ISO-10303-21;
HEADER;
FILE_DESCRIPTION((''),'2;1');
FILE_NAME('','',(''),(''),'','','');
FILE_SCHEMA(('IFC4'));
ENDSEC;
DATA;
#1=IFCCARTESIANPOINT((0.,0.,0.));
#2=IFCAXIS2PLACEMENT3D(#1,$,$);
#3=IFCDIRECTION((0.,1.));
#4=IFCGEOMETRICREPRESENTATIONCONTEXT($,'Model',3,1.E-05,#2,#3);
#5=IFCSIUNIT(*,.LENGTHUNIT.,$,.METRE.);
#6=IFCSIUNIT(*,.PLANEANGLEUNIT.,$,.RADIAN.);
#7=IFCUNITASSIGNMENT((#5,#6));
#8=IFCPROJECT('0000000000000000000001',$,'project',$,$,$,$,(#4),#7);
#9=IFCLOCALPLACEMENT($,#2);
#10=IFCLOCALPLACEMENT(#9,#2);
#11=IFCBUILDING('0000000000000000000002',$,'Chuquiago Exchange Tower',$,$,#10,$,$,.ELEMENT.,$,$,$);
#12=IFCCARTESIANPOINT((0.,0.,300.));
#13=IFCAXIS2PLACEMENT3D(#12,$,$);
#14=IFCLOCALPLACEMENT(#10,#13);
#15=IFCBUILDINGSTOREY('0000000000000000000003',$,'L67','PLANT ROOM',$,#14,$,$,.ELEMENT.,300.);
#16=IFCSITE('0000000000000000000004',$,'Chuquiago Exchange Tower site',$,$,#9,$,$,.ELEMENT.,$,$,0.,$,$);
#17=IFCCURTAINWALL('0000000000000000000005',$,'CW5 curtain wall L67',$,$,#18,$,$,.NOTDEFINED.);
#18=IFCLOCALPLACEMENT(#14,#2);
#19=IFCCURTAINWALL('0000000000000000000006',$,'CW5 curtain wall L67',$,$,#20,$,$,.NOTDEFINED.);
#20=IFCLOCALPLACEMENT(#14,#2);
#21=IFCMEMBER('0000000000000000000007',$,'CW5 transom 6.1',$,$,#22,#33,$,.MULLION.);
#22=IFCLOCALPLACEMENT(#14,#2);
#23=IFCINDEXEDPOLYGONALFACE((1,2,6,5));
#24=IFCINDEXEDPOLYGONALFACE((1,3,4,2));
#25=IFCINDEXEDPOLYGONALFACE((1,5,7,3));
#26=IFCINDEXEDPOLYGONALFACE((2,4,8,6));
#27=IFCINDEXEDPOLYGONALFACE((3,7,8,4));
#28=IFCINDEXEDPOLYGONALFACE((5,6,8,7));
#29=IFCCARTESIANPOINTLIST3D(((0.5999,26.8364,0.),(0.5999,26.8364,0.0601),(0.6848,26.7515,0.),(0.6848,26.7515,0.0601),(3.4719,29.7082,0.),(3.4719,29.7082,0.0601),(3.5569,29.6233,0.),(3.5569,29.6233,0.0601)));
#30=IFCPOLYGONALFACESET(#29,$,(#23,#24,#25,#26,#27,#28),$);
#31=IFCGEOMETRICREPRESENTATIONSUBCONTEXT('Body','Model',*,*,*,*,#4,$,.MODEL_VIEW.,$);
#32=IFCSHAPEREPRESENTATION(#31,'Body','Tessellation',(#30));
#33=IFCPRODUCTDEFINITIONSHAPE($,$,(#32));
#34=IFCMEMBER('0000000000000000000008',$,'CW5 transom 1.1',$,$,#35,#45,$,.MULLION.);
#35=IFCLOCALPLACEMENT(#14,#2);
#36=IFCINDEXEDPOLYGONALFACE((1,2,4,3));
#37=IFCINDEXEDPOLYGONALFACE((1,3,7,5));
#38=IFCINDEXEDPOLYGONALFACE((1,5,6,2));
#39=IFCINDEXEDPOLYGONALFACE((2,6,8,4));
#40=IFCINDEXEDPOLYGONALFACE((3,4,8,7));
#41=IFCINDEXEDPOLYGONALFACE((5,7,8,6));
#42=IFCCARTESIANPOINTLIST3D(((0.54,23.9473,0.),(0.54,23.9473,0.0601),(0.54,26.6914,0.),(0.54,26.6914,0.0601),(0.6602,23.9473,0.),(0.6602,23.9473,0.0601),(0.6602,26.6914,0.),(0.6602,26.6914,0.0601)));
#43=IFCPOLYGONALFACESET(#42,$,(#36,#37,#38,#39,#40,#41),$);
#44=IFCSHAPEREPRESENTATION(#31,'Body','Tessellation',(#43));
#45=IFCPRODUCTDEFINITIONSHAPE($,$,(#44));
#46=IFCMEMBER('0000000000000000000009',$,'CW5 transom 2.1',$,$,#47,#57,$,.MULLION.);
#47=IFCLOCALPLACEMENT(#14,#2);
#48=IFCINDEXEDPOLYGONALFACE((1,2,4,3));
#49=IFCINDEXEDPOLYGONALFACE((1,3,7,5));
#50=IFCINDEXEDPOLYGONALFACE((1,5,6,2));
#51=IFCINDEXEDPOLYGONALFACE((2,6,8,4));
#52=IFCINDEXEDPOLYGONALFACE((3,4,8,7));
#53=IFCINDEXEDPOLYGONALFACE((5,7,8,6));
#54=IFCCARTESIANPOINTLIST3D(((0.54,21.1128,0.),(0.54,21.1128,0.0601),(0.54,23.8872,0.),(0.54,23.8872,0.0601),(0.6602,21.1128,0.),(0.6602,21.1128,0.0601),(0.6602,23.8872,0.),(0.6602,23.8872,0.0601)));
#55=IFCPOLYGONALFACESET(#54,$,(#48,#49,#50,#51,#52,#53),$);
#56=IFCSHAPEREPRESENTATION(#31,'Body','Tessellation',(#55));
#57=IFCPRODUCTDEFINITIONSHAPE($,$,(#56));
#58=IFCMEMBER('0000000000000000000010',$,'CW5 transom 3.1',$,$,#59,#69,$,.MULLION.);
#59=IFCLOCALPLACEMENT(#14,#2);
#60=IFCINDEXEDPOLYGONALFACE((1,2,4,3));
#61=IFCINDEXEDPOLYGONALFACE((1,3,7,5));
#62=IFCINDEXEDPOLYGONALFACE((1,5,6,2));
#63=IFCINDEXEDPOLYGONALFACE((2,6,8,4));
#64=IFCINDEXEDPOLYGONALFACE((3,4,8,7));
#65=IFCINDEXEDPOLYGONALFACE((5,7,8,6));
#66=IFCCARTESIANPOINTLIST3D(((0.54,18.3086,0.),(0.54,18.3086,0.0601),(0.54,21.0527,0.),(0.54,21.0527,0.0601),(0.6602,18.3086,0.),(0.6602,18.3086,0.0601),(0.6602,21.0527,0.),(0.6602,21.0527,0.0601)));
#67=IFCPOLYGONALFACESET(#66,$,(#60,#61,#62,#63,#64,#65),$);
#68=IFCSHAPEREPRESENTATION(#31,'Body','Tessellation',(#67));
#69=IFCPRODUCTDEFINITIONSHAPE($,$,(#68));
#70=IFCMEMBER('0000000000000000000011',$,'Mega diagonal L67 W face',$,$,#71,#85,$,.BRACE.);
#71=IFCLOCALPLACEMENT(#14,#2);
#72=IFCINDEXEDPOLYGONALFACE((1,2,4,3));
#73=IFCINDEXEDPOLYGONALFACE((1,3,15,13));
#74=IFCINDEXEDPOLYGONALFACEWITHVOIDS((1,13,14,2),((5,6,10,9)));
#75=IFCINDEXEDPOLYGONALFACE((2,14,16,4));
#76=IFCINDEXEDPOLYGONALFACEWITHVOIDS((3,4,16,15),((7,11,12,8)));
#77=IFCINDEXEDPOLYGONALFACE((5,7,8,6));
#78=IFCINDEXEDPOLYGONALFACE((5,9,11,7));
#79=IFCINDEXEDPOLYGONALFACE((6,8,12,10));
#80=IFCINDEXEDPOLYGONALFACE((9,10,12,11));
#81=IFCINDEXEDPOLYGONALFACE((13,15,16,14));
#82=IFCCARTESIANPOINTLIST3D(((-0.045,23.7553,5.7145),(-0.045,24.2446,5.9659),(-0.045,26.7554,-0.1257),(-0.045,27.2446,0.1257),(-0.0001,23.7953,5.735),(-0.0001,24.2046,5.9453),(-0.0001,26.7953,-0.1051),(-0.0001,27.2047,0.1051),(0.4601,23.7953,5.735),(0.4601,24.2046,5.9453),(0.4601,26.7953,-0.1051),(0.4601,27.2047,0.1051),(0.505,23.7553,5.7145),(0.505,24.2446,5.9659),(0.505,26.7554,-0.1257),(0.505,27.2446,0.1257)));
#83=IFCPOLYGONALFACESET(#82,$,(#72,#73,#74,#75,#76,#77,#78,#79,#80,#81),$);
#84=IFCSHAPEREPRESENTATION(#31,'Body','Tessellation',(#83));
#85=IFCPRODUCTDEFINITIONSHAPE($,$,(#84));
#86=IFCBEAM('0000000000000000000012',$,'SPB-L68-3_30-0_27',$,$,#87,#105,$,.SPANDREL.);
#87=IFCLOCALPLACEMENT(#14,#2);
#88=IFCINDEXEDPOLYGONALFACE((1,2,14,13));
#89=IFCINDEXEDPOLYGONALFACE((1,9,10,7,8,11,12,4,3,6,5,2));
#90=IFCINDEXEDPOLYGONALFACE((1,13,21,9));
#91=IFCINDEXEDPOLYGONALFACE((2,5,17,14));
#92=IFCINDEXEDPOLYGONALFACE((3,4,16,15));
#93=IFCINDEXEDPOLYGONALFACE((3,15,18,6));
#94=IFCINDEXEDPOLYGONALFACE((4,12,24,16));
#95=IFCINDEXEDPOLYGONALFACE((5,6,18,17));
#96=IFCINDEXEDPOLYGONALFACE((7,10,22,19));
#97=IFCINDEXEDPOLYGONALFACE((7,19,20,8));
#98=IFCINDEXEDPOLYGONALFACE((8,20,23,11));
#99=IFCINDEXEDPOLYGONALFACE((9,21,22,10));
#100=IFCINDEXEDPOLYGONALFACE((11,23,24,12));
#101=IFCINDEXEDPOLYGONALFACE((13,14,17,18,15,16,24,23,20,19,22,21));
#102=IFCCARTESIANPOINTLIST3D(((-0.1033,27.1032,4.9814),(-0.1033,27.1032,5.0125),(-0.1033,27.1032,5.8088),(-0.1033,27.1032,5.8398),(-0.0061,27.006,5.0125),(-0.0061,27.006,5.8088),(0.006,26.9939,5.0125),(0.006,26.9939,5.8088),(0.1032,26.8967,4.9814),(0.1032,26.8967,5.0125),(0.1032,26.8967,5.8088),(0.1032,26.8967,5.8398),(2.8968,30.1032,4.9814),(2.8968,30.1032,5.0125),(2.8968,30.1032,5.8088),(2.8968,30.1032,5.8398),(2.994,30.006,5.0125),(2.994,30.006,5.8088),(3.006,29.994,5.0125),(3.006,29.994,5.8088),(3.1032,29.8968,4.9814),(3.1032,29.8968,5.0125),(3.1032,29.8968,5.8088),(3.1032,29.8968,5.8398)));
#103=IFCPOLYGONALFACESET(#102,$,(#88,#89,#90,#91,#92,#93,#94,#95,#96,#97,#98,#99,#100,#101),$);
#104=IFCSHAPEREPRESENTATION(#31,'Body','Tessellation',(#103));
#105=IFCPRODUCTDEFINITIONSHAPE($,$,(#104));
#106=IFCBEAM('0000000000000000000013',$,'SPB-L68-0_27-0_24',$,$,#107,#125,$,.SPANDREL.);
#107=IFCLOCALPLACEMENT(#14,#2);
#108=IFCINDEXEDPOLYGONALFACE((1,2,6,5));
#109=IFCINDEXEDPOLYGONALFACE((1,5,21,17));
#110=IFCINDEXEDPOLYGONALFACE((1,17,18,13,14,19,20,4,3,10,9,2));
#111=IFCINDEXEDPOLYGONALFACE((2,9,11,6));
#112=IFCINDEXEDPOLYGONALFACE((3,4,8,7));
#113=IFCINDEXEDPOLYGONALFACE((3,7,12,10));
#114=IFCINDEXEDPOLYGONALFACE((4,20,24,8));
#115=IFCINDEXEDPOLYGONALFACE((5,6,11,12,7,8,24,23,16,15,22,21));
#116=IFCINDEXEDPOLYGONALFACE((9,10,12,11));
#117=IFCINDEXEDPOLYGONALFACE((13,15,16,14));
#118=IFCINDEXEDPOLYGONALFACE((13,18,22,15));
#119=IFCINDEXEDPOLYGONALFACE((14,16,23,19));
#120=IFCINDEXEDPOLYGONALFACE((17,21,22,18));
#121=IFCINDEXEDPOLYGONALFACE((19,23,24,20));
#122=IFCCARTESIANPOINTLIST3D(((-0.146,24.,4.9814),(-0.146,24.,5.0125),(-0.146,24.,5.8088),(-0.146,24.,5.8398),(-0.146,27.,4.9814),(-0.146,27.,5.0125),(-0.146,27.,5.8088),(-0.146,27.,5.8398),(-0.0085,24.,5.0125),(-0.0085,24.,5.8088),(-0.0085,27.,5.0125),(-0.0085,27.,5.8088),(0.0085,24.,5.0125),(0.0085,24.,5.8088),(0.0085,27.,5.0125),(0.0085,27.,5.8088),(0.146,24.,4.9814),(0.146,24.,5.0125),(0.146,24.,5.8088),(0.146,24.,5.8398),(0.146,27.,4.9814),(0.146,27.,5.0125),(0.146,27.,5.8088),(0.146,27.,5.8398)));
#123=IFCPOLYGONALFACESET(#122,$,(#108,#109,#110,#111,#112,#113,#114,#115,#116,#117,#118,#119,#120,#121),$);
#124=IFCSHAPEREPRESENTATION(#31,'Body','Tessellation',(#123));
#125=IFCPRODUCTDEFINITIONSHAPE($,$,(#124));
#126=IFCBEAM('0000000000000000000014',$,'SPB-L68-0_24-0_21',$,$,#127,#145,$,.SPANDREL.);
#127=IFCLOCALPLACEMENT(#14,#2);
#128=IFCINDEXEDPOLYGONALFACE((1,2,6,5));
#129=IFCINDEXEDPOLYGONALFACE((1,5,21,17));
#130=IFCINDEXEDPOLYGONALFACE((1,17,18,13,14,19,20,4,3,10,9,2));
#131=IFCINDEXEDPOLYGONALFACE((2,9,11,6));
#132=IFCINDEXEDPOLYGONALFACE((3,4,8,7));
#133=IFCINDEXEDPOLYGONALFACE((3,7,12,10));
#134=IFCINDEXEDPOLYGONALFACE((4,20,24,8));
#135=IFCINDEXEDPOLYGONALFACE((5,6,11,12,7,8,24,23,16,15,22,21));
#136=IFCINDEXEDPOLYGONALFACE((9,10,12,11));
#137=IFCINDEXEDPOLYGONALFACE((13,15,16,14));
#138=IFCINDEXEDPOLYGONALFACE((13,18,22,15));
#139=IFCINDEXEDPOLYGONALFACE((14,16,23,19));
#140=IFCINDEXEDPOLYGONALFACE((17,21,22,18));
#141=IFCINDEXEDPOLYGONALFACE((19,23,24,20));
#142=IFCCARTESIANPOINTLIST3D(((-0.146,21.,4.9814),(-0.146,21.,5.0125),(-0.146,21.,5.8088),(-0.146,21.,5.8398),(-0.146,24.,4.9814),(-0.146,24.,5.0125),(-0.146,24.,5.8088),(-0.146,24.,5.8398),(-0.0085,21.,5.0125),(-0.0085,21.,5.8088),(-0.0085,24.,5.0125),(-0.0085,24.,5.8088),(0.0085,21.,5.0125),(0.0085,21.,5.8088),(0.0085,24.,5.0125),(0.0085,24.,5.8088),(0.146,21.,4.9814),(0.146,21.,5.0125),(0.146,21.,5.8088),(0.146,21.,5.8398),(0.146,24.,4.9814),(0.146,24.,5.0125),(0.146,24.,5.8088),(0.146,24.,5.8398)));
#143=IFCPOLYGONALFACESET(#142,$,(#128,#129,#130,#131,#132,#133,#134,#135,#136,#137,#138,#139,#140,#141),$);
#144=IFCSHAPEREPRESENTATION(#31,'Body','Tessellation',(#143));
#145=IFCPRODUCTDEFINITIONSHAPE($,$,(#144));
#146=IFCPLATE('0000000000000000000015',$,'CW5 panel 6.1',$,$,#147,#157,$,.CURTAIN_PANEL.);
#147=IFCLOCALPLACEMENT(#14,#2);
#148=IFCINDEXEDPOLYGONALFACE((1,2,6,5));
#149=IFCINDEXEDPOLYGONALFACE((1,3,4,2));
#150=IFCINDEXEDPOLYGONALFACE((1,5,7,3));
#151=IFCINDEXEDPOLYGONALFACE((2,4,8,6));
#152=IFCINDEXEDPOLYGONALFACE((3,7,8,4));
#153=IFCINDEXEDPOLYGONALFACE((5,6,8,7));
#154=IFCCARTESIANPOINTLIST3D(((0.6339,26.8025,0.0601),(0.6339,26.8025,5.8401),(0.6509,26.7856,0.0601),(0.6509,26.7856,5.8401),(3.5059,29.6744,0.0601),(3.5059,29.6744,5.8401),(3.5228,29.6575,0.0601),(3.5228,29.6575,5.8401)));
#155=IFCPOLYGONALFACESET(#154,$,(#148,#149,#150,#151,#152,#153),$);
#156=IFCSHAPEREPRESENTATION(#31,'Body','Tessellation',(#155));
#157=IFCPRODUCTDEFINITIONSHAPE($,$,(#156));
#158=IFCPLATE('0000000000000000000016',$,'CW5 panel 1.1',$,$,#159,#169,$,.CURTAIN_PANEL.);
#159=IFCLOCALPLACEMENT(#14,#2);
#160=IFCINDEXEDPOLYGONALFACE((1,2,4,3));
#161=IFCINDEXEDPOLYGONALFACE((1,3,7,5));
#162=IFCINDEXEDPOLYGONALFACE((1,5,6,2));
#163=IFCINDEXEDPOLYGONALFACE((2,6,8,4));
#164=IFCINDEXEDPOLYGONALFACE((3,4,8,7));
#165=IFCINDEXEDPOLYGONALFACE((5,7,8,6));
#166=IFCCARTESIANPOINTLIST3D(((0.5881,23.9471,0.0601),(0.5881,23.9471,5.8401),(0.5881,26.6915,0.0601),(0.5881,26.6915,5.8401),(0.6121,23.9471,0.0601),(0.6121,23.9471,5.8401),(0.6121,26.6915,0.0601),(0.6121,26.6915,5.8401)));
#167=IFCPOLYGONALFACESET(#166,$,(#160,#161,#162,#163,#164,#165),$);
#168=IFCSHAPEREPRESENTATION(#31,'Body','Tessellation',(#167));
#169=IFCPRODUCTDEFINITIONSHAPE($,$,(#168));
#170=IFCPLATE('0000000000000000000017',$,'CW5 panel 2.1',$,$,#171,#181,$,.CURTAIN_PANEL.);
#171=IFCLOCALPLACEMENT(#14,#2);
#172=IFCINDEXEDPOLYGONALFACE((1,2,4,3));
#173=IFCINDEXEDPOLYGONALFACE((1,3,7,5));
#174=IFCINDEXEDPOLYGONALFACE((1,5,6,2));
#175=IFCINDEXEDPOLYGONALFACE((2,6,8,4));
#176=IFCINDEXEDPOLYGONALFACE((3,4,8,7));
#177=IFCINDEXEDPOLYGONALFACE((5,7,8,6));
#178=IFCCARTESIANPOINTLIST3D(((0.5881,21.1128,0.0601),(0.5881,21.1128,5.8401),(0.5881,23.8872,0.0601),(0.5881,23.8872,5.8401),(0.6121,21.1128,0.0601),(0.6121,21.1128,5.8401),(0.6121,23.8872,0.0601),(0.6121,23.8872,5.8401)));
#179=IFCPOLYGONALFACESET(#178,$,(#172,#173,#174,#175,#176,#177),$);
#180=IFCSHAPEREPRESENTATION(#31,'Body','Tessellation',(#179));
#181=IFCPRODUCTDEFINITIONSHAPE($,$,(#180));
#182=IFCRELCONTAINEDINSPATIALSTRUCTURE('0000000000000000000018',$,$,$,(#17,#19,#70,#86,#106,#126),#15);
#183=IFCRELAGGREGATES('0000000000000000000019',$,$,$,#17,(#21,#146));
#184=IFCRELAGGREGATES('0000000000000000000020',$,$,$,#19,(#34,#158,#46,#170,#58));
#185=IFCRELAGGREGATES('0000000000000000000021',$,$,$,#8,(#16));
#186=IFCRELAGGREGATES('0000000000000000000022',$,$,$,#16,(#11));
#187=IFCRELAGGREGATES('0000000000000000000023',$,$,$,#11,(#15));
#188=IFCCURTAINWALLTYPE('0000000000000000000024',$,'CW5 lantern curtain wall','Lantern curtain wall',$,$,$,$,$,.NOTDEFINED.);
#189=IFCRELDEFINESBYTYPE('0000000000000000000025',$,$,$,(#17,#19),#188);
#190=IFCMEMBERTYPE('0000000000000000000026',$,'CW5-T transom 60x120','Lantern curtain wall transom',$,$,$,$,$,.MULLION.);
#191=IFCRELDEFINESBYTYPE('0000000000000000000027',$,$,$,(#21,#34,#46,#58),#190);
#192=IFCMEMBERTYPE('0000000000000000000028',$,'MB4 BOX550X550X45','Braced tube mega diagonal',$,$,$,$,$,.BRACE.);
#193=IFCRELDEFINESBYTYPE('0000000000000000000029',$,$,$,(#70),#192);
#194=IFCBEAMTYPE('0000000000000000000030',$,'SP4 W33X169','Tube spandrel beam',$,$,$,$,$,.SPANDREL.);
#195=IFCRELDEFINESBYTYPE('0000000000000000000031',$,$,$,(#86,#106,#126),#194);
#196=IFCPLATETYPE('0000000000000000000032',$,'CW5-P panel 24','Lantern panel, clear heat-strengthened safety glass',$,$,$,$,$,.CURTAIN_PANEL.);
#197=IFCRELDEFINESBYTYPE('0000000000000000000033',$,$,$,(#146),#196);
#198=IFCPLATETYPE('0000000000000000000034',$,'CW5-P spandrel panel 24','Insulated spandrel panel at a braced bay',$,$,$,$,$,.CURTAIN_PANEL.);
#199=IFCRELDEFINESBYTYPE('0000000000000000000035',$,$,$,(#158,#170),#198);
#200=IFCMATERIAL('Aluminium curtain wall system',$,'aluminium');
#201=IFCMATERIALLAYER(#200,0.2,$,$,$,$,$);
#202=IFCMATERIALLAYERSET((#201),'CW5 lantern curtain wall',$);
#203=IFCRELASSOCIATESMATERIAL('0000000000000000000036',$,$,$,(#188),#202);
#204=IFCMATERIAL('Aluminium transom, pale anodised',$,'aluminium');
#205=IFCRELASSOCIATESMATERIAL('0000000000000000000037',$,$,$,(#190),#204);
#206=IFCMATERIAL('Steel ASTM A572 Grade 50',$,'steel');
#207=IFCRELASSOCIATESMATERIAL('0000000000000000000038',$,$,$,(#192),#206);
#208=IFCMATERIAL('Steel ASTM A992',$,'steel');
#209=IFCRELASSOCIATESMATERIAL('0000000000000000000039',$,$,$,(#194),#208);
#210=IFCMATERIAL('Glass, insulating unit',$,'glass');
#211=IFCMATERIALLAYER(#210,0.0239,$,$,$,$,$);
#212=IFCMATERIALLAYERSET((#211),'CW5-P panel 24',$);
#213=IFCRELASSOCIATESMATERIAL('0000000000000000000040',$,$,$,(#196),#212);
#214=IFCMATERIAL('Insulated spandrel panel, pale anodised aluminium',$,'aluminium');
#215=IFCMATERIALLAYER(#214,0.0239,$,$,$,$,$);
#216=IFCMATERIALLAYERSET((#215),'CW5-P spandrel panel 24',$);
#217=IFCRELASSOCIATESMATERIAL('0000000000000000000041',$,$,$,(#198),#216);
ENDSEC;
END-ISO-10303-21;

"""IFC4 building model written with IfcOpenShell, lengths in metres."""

from ifc_helpers import new_model, si_unit, direction, frame, origin, origin_2d, place, context, subcontext, project, spatial, rectangle, hollow_rectangle, i_section, extrude, material, layer, layer_set, material_profile, profile_set, type_object, element, aggregate, save


model = new_model("IFC4")

# Units and contexts
model_context = context("Model", 3, precision=1e-05, world=origin(), true_north=direction((0.0, 1.0)))
body_context = subcontext(model_context, "Body", "Model", "MODEL_VIEW")
ifc_project = project(units=[si_unit("LENGTHUNIT", "METRE"), si_unit("PLANEANGLEUNIT", "RADIAN")], contexts=[model_context])

# Site, building, storey
site_placement = place(None, origin())
site = spatial("IfcSite", under=ifc_project, at=site_placement, Name="Chuquiago Exchange Tower site", CompositionType="ELEMENT", RefElevation=0.0)
building_placement = place(site_placement, origin())
building = spatial("IfcBuilding", under=site, at=building_placement, Name="Chuquiago Exchange Tower", CompositionType="ELEMENT")
storey_placement = place(building_placement, frame((0.0, 0.0, 300.0)))
storey = spatial("IfcBuildingStorey", under=building, at=storey_placement, Name="L67", Description="PLANT ROOM", CompositionType="ELEMENT", Elevation=300.0)

# Curtain walls
ifc_material_1 = material(Name="Aluminium curtain wall system", Category="aluminium")
ifc_layer_1 = layer(ifc_material_1, 0.2)
ifc_layer_set_1 = layer_set([ifc_layer_1], Name="CW5 lantern curtain wall")
curtain_wall_type = type_object("IfcCurtainWallType", Name="CW5 lantern curtain wall", Description="Lantern curtain wall", PredefinedType="NOTDEFINED", material=ifc_layer_set_1)
curtain_wall_1_placement = place(storey_placement, origin())
curtain_wall_1 = element("IfcCurtainWall", 1, at=curtain_wall_1_placement, inside=storey, type_object=curtain_wall_type, Name="CW5 curtain wall L67", PredefinedType="NOTDEFINED")
curtain_wall_2_placement = place(storey_placement, origin())
curtain_wall_2 = element("IfcCurtainWall", 2, at=curtain_wall_2_placement, inside=storey, type_object=curtain_wall_type, Name="CW5 curtain wall L67", PredefinedType="NOTDEFINED")

# Members
ifc_material_2 = material(Name="Aluminium transom, pale anodised", Category="aluminium")
ifc_material_profile_1 = material_profile(ifc_material_2, rectangle(XDim=0.1201, YDim=0.0601, at=origin_2d()), Name="AL 120x60")
ifc_profile_set_1 = profile_set([ifc_material_profile_1], Name="Aluminium transom, pale anodised")
member_type_1 = type_object("IfcMemberType", Name="CW5-T transom 60x120", Description="Lantern curtain wall transom", PredefinedType="MULLION", material=ifc_profile_set_1)
member_1_placement = place(storey_placement, frame((3.5144, 29.6658, 0.03), z_axis=(-0.707137, -0.707077, 0.0), x_axis=(0.707077, -0.707137, 0.0)))
member_1 = element("IfcMember", 3, at=member_1_placement, type_object=member_type_1, Name="CW5 transom 6.1", PredefinedType="MULLION", context=body_context, shape_type="SweptSolid", body=[
    extrude(rectangle(XDim=0.1201, YDim=0.0601, at=origin_2d()), origin(), (0.0, 0.0, 1.0), 4.0615),
])
member_2_placement = place(storey_placement, frame((0.6001, 26.6914, 0.03), z_axis=(0.0, -1.0, 0.0), x_axis=(1.0, 0.0, 0.0)))
member_2 = element("IfcMember", 4, at=member_2_placement, type_object=member_type_1, Name="CW5 transom 1.1", PredefinedType="MULLION", context=body_context, shape_type="SweptSolid", body=[
    extrude(rectangle(XDim=0.1201, YDim=0.0601, at=origin_2d()), origin(), (0.0, 0.0, 1.0), 2.7441),
])
member_3_placement = place(storey_placement, frame((0.6001, 23.8872, 0.03), z_axis=(0.0, -1.0, 0.0), x_axis=(1.0, 0.0, 0.0)))
member_3 = element("IfcMember", 5, at=member_3_placement, type_object=member_type_1, Name="CW5 transom 2.1", PredefinedType="MULLION", context=body_context, shape_type="SweptSolid", body=[
    extrude(rectangle(XDim=0.1201, YDim=0.0601, at=origin_2d()), origin(), (0.0, 0.0, 1.0), 2.7744),
])
member_4_placement = place(storey_placement, frame((0.6001, 21.0527, 0.03), z_axis=(0.0, -1.0, 0.0), x_axis=(1.0, 0.0, 0.0)))
member_4 = element("IfcMember", 6, at=member_4_placement, type_object=member_type_1, Name="CW5 transom 3.1", PredefinedType="MULLION", context=body_context, shape_type="SweptSolid", body=[
    extrude(rectangle(XDim=0.1201, YDim=0.0601, at=origin_2d()), origin(), (0.0, 0.0, 1.0), 2.7441),
])
ifc_material_3 = material(Name="Steel ASTM A572 Grade 50", Category="steel")
ifc_material_profile_2 = material_profile(ifc_material_3, hollow_rectangle(XDim=0.55, YDim=0.55, WallThickness=0.0449, at=origin_2d()), Name="BOX550X550X45")
ifc_profile_set_2 = profile_set([ifc_material_profile_2], Name="Steel ASTM A572 Grade 50")
member_type_2 = type_object("IfcMemberType", Name="MB4 BOX550X550X45", Description="Braced tube mega diagonal", PredefinedType="BRACE", material=ifc_profile_set_2)
member_5_placement = place(storey_placement, frame((0.23, 27.0, 0.0), z_axis=(0.0, -0.45693, 0.889503), x_axis=(1.0, 0.0, 0.0)))
element("IfcMember", 7, at=member_5_placement, inside=storey, type_object=member_type_2, Name="Mega diagonal L67 W face", PredefinedType="BRACE", context=body_context, shape_type="SweptSolid", body=[
    extrude(hollow_rectangle(XDim=0.55, YDim=0.55, WallThickness=0.0449, at=origin_2d()), origin(), (0.0, 0.0, 1.0), 6.5657),
])

# Beams
ifc_material_4 = material(Name="Steel ASTM A992", Category="steel")
ifc_material_profile_3 = material_profile(ifc_material_4, i_section(OverallWidth=0.292, OverallDepth=0.8584, WebThickness=0.0171, FlangeThickness=0.031, at=origin_2d()), Name="W33X169")
ifc_profile_set_3 = profile_set([ifc_material_profile_3], Name="Steel ASTM A992")
beam_type_1 = type_object("IfcBeamType", Name="SP4 W33X169", Description="Tube spandrel beam", PredefinedType="SPANDREL", material=ifc_profile_set_3)
beam_1_placement = place(storey_placement, frame((3.0, 30.0, 5.4106), z_axis=(-0.707107, -0.707107, 0.0), x_axis=(0.707107, -0.707107, 0.0)))
element("IfcBeam", 8, at=beam_1_placement, inside=storey, type_object=beam_type_1, Name="SPB-L68-3_30-0_27", PredefinedType="SPANDREL", context=body_context, shape_type="SweptSolid", body=[
    extrude(i_section(OverallWidth=0.292, OverallDepth=0.8584, WebThickness=0.0171, FlangeThickness=0.031, at=origin_2d()), origin(), (0.0, 0.0, 1.0), 4.2427),
])
for number, where, z_axis, x_axis, name in (
    (9, (0.0, 27.0, 5.4106), (0.0, -1.0, 0.0), (1.0, 0.0, 0.0), "SPB-L68-0_27-0_24"),
    (10, (0.0, 24.0, 5.4106), (0.0, -1.0, 0.0), (1.0, 0.0, 0.0), "SPB-L68-0_24-0_21"),
):
    element("IfcBeam", number, at=place(storey_placement, frame(where, z_axis=z_axis, x_axis=x_axis)), inside=storey, type_object=beam_type_1, Name=name, PredefinedType="SPANDREL", context=body_context, shape_type="SweptSolid", body=[
        extrude(i_section(OverallWidth=0.292, OverallDepth=0.8584, WebThickness=0.0171, FlangeThickness=0.031, at=origin_2d()), origin(), (0.0, 0.0, 1.0), 3.0),
    ])

# Plates
ifc_material_5 = material(Name="Glass, insulating unit", Category="glass")
ifc_layer_2 = layer(ifc_material_5, 0.0239)
ifc_layer_set_2 = layer_set([ifc_layer_2], Name="CW5-P panel 24")
plate_type_1 = type_object("IfcPlateType", Name="CW5-P panel 24", Description="Lantern panel, clear heat-strengthened safety glass", PredefinedType="CURTAIN_PANEL", material=ifc_layer_set_2)
plate_1_placement = place(storey_placement, frame((2.0784, 28.23, 0.0601), z_axis=(0.0, 0.0, 1.0), x_axis=(-0.707109, -0.707105, 0.0)))
plate_1 = element("IfcPlate", 11, at=plate_1_placement, type_object=plate_type_1, Name="CW5 panel 6.1", PredefinedType="CURTAIN_PANEL", context=body_context, shape_type="SweptSolid", body=[
    extrude(rectangle(XDim=4.0615, YDim=0.0239, at=origin_2d()), origin(), (0.0, 0.0, 1.0), 5.78),
])
aggregate(curtain_wall_1, [member_1, plate_1])
ifc_material_6 = material(Name="Insulated spandrel panel, pale anodised aluminium", Category="aluminium")
ifc_layer_3 = layer(ifc_material_6, 0.0239)
ifc_layer_set_3 = layer_set([ifc_layer_3], Name="CW5-P spandrel panel 24")
plate_type_2 = type_object("IfcPlateType", Name="CW5-P spandrel panel 24", Description="Insulated spandrel panel at a braced bay", PredefinedType="CURTAIN_PANEL", material=ifc_layer_set_3)
plate_2_placement = place(storey_placement, frame((0.6001, 25.3193, 0.0601), z_axis=(0.0, 0.0, 1.0), x_axis=(0.0, -1.0, 0.0)))
plate_2 = element("IfcPlate", 12, at=plate_2_placement, type_object=plate_type_2, Name="CW5 panel 1.1", PredefinedType="CURTAIN_PANEL", context=body_context, shape_type="SweptSolid", body=[
    extrude(rectangle(XDim=2.7444, YDim=0.0239, at=origin_2d()), origin(), (0.0, 0.0, 1.0), 5.78),
])
plate_3_placement = place(storey_placement, frame((0.6001, 22.5, 0.0601), z_axis=(0.0, 0.0, 1.0), x_axis=(0.0, -1.0, 0.0)))
plate_3 = element("IfcPlate", 13, at=plate_3_placement, type_object=plate_type_2, Name="CW5 panel 2.1", PredefinedType="CURTAIN_PANEL", context=body_context, shape_type="SweptSolid", body=[
    extrude(rectangle(XDim=2.7744, YDim=0.0239, at=origin_2d()), origin(), (0.0, 0.0, 1.0), 5.78),
])
aggregate(curtain_wall_2, [member_2, plate_2, member_3, plate_3, member_4])

save(model, "model.ifc")
